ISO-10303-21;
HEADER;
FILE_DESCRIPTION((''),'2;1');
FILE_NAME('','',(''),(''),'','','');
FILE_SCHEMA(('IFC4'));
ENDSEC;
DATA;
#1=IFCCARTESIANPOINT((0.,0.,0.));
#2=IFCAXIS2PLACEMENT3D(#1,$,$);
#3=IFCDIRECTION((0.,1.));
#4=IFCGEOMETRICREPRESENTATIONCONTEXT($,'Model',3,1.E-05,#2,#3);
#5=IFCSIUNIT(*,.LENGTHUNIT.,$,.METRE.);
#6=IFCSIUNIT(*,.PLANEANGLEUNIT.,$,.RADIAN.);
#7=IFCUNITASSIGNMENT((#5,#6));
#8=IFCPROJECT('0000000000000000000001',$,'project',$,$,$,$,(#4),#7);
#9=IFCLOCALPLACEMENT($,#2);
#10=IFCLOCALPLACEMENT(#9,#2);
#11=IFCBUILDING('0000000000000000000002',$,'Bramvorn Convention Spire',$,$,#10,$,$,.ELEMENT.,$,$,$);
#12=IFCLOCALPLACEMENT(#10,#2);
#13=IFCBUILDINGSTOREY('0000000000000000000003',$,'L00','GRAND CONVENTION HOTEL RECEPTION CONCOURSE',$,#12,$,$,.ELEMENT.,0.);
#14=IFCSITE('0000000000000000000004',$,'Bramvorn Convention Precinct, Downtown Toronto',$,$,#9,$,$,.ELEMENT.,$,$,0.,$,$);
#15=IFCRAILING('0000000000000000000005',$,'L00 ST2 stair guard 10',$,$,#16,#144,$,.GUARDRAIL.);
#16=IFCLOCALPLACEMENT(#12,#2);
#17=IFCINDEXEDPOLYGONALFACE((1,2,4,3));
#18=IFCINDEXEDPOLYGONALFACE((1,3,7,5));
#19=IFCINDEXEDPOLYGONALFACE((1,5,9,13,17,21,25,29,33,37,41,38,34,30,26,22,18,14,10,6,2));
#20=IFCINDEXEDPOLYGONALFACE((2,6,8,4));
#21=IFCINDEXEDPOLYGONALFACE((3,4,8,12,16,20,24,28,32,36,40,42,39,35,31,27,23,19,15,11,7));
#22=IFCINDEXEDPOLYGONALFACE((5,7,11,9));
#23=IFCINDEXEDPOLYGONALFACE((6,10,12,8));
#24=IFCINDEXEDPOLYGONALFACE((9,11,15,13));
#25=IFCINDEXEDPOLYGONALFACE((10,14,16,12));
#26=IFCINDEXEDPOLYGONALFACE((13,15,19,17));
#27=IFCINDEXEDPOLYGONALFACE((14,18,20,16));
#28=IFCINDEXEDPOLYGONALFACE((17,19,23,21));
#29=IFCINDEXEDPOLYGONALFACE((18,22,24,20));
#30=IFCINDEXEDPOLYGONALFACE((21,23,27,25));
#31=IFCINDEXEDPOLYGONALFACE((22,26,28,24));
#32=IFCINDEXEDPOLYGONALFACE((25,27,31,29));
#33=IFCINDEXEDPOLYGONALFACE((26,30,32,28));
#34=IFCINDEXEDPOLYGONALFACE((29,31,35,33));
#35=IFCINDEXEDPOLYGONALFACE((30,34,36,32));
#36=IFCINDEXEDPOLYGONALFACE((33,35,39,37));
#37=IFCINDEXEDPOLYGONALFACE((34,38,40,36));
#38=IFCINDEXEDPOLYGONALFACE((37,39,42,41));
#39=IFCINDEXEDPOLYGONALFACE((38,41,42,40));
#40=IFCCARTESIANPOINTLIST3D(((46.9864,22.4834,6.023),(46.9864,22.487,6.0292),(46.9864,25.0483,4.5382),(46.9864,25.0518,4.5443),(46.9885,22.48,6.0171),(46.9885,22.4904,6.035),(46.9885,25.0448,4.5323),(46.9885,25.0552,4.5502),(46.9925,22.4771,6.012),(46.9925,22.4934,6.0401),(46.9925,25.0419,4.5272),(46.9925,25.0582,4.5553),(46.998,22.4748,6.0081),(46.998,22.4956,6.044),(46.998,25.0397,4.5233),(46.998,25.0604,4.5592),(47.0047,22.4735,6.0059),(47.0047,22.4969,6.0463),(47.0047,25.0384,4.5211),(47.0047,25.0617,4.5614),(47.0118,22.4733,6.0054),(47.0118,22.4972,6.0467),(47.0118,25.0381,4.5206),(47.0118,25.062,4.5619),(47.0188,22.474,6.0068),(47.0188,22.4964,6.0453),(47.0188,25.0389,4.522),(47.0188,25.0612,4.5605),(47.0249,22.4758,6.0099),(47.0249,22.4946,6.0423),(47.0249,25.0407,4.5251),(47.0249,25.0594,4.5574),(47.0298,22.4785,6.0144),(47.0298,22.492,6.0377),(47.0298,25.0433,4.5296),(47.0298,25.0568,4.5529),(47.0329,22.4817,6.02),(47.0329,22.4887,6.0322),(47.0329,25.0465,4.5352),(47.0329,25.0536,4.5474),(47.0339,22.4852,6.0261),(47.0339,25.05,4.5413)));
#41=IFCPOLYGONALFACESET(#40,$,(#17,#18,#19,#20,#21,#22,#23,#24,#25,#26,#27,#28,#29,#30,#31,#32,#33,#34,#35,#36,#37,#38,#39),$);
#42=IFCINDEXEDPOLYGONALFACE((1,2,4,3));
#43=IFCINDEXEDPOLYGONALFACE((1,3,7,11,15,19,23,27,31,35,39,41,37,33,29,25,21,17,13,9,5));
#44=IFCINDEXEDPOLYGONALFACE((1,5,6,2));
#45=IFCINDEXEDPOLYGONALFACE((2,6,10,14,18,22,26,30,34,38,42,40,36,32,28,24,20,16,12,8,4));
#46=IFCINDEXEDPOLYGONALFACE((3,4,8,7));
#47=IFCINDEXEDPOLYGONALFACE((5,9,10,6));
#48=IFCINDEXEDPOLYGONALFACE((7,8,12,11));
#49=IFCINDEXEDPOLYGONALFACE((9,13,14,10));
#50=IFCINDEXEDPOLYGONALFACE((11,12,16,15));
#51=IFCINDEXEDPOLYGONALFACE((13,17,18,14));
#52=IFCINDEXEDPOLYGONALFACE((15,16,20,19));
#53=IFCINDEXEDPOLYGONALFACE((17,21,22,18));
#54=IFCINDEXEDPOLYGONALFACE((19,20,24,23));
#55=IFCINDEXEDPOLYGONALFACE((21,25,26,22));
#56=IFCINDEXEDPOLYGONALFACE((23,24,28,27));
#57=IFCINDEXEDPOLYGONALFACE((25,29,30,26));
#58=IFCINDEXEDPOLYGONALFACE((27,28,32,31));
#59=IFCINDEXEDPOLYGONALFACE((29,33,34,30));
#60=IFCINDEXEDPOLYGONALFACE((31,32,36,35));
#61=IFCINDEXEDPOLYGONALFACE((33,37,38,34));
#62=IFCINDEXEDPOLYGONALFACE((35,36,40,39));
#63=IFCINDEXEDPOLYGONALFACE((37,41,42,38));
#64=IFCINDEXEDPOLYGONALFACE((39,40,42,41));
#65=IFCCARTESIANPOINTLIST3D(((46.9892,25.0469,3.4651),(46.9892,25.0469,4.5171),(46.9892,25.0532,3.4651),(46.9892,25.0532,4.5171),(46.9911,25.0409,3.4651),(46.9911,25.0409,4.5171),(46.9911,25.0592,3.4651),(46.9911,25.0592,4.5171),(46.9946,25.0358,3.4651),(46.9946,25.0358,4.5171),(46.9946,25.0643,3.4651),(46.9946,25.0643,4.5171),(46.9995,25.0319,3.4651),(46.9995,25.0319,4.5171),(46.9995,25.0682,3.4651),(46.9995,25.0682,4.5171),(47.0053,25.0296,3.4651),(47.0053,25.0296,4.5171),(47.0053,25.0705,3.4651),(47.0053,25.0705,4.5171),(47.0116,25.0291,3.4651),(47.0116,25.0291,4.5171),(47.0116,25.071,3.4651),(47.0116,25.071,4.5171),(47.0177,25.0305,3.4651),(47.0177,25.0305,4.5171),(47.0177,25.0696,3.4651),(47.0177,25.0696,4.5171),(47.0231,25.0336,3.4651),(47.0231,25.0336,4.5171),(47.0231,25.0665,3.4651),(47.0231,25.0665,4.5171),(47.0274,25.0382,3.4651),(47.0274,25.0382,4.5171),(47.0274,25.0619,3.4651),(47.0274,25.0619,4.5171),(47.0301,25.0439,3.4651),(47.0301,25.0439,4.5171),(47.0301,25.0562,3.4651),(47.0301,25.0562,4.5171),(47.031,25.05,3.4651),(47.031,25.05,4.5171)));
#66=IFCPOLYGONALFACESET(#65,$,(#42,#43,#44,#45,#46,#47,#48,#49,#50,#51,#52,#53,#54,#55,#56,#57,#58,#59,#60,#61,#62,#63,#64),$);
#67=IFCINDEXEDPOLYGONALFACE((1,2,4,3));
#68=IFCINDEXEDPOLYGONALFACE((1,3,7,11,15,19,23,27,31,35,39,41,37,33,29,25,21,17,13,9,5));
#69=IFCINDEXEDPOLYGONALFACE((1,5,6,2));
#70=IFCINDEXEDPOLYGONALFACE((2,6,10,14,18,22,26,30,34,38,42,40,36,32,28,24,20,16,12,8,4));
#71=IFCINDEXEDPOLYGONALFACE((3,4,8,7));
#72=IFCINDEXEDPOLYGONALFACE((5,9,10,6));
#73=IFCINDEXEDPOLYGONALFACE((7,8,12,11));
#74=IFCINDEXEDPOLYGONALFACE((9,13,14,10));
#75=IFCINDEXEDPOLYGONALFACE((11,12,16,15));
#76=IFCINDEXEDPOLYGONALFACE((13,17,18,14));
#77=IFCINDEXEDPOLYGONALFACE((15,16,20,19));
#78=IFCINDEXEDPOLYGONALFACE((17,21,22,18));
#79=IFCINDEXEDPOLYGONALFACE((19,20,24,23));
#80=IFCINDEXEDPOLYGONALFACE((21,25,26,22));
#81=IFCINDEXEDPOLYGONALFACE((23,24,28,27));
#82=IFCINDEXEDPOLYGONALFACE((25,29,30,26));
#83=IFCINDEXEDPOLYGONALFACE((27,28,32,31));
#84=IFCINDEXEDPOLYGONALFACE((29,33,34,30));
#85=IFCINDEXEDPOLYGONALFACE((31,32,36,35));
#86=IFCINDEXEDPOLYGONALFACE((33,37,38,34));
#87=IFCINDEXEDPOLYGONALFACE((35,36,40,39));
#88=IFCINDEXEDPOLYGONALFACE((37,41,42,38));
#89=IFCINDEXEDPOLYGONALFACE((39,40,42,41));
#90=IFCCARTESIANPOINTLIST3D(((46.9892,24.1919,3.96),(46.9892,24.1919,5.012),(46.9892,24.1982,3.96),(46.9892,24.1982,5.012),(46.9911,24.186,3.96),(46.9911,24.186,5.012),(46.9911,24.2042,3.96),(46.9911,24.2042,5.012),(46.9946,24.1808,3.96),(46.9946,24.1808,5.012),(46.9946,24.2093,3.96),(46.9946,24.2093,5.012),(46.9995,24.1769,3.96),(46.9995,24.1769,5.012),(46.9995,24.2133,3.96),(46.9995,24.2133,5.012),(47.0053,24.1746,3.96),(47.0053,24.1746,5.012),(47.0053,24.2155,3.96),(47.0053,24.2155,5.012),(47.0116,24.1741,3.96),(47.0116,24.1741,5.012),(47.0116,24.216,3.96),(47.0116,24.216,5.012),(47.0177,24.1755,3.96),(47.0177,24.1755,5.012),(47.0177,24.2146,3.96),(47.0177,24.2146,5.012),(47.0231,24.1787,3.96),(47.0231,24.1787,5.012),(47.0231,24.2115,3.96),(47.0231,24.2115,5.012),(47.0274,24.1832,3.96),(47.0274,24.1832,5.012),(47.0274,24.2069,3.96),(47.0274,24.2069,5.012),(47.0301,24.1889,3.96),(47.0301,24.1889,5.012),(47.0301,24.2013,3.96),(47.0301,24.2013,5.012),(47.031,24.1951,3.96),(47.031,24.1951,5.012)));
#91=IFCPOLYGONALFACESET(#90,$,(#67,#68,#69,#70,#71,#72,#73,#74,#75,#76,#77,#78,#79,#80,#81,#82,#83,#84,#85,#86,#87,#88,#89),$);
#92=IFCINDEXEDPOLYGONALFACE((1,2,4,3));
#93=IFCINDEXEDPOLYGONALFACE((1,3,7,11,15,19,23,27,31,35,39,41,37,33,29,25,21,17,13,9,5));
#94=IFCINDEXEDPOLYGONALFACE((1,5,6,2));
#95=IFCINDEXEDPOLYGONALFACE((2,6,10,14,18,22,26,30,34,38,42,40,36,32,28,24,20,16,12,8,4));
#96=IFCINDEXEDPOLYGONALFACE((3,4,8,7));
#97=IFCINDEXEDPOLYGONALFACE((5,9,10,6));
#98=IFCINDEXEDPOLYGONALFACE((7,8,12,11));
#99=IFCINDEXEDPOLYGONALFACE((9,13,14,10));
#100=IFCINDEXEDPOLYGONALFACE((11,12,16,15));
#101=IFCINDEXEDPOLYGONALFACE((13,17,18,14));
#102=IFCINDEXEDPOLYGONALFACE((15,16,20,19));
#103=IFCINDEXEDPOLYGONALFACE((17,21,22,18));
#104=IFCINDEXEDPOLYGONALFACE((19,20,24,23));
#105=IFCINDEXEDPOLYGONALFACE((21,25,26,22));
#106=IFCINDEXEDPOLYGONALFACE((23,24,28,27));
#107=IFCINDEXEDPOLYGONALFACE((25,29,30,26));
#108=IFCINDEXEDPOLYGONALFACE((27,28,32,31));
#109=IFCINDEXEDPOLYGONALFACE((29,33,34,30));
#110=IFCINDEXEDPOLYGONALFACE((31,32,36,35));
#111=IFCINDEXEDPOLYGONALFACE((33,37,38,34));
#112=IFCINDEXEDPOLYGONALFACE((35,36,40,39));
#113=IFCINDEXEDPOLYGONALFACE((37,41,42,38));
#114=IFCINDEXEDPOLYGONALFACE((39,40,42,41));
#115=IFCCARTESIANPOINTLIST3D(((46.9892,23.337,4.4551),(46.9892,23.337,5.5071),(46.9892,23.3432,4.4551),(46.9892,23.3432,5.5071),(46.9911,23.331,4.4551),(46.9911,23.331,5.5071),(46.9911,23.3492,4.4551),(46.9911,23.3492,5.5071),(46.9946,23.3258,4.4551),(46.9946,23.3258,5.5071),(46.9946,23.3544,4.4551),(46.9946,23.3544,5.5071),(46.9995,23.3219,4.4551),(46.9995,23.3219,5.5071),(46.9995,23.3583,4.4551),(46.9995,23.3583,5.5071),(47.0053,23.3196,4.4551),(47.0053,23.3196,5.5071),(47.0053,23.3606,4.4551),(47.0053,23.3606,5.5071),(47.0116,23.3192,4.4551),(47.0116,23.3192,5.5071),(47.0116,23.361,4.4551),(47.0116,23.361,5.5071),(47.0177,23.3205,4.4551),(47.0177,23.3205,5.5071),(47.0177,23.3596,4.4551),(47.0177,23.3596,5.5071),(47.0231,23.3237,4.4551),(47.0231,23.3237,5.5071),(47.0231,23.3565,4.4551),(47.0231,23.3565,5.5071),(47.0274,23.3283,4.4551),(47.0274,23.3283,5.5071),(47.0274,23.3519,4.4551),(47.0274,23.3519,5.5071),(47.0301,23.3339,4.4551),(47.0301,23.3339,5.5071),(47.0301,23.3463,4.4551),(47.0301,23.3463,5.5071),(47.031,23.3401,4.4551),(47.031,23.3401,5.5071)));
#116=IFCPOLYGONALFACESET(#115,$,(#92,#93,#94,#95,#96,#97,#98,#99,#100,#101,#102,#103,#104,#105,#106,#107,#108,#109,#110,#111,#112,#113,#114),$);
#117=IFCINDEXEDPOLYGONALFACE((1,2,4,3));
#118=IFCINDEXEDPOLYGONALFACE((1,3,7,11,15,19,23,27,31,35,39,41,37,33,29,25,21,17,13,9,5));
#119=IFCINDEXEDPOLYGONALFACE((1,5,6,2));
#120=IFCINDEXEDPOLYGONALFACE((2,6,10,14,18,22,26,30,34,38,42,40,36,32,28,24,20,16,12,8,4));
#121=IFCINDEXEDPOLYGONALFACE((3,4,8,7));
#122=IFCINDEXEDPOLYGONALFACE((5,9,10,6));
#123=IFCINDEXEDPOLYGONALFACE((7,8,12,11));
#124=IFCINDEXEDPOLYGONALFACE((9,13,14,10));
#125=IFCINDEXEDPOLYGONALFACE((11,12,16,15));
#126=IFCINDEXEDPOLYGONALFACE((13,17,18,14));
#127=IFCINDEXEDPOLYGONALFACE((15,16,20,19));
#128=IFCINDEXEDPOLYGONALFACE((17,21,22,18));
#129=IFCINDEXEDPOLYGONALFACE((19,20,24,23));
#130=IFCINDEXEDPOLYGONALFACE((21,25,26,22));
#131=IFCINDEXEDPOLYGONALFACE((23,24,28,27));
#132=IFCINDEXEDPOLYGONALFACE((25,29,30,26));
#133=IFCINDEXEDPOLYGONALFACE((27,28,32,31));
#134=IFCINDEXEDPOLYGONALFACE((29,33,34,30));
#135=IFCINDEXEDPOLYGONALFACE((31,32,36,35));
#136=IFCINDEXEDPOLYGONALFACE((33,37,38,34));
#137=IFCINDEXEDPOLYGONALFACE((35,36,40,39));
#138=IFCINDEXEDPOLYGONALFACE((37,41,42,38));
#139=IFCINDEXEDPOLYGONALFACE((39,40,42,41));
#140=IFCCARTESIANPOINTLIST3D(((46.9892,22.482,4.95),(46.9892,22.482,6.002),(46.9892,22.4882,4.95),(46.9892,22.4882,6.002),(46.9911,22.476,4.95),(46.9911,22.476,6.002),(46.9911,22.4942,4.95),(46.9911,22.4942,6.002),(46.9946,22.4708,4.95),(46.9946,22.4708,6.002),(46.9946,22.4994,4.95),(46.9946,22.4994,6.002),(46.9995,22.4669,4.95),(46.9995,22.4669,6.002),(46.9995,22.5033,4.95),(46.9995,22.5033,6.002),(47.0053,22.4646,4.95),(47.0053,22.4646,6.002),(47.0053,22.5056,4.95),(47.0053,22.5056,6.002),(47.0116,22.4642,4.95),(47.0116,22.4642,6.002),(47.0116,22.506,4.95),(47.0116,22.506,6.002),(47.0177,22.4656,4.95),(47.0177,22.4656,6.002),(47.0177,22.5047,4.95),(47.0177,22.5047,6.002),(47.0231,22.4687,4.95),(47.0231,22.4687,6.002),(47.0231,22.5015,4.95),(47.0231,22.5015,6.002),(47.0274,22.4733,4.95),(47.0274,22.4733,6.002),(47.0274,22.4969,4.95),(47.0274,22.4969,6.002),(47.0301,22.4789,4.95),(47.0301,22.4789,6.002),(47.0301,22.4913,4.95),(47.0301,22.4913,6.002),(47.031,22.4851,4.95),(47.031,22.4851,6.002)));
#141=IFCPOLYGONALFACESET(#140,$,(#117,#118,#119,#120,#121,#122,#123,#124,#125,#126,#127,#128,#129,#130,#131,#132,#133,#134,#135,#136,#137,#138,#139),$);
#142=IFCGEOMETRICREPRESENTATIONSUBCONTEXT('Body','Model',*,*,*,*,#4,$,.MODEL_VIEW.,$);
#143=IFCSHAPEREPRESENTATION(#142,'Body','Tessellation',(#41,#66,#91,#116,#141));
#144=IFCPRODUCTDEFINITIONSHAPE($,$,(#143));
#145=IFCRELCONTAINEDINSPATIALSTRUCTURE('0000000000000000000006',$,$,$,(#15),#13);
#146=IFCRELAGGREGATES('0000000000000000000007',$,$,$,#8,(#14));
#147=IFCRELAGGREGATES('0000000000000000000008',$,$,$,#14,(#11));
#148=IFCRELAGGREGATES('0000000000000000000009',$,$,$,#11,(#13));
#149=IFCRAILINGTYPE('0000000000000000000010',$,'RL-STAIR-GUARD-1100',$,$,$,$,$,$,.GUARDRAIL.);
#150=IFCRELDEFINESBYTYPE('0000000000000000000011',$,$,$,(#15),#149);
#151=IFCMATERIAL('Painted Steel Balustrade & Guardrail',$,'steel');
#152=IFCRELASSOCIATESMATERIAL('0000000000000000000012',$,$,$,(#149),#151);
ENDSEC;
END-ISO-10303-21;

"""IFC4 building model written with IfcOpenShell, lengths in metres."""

from ifc_helpers import new_model, si_unit, direction, frame, origin, origin_2d, place, context, subcontext, project, spatial, circle, extrude, material, type_object, element, save


model = new_model("IFC4")

# Units and contexts
model_context = context("Model", 3, precision=1e-05, world=origin(), true_north=direction((0.0, 1.0)))
body_context = subcontext(model_context, "Body", "Model", "MODEL_VIEW")
ifc_project = project(units=[si_unit("LENGTHUNIT", "METRE"), si_unit("PLANEANGLEUNIT", "RADIAN")], contexts=[model_context])

# Site, building, storey
site_placement = place(None, origin())
site = spatial("IfcSite", under=ifc_project, at=site_placement, Name="Bramvorn Convention Precinct, Downtown Toronto", CompositionType="ELEMENT", RefElevation=0.0)
building_placement = place(site_placement, origin())
building = spatial("IfcBuilding", under=site, at=building_placement, Name="Bramvorn Convention Spire", CompositionType="ELEMENT")
storey_placement = place(building_placement, origin())
storey = spatial("IfcBuildingStorey", under=building, at=storey_placement, Name="L00", Description="GRAND CONVENTION HOTEL RECEPTION CONCOURSE", CompositionType="ELEMENT", Elevation=0.0)

# Railing
ifc_material_1 = material(Name="Painted Steel Balustrade & Guardrail", Category="steel")
railing_type = type_object("IfcRailingType", Name="RL-STAIR-GUARD-1100", PredefinedType="GUARDRAIL", material=ifc_material_1)
railing_1_placement = place(storey_placement, frame((47.01, 25.05, 3.4651)))
element("IfcRailing", 1, at=railing_1_placement, inside=storey, type_object=railing_type, Name="L00 ST2 stair guard 10", PredefinedType="GUARDRAIL", context=body_context, shape_type="SweptSolid", body=[
    extrude(circle(Radius=0.0239, at=origin_2d()), frame((0.0, 0.0, 1.0762), z_axis=(0.0, -0.865441, 0.50101), x_axis=(1.0, 0.0, 0.0)), (0.0, 0.0, 1.0), 2.9636),
    extrude(circle(Radius=0.021, at=origin_2d()), origin(), (0.0, 0.0, 1.0), 1.052),
    extrude(circle(Radius=0.021, at=origin_2d()), frame((0.0, -0.855, 0.4949)), (0.0, 0.0, 1.0), 1.052),
    extrude(circle(Radius=0.021, at=origin_2d()), frame((0.0, -1.71, 0.99)), (0.0, 0.0, 1.0), 1.052),
    extrude(circle(Radius=0.021, at=origin_2d()), frame((0.0, -2.5649, 1.4849)), (0.0, 0.0, 1.0), 1.052),
])

save(model, "model.ifc")
